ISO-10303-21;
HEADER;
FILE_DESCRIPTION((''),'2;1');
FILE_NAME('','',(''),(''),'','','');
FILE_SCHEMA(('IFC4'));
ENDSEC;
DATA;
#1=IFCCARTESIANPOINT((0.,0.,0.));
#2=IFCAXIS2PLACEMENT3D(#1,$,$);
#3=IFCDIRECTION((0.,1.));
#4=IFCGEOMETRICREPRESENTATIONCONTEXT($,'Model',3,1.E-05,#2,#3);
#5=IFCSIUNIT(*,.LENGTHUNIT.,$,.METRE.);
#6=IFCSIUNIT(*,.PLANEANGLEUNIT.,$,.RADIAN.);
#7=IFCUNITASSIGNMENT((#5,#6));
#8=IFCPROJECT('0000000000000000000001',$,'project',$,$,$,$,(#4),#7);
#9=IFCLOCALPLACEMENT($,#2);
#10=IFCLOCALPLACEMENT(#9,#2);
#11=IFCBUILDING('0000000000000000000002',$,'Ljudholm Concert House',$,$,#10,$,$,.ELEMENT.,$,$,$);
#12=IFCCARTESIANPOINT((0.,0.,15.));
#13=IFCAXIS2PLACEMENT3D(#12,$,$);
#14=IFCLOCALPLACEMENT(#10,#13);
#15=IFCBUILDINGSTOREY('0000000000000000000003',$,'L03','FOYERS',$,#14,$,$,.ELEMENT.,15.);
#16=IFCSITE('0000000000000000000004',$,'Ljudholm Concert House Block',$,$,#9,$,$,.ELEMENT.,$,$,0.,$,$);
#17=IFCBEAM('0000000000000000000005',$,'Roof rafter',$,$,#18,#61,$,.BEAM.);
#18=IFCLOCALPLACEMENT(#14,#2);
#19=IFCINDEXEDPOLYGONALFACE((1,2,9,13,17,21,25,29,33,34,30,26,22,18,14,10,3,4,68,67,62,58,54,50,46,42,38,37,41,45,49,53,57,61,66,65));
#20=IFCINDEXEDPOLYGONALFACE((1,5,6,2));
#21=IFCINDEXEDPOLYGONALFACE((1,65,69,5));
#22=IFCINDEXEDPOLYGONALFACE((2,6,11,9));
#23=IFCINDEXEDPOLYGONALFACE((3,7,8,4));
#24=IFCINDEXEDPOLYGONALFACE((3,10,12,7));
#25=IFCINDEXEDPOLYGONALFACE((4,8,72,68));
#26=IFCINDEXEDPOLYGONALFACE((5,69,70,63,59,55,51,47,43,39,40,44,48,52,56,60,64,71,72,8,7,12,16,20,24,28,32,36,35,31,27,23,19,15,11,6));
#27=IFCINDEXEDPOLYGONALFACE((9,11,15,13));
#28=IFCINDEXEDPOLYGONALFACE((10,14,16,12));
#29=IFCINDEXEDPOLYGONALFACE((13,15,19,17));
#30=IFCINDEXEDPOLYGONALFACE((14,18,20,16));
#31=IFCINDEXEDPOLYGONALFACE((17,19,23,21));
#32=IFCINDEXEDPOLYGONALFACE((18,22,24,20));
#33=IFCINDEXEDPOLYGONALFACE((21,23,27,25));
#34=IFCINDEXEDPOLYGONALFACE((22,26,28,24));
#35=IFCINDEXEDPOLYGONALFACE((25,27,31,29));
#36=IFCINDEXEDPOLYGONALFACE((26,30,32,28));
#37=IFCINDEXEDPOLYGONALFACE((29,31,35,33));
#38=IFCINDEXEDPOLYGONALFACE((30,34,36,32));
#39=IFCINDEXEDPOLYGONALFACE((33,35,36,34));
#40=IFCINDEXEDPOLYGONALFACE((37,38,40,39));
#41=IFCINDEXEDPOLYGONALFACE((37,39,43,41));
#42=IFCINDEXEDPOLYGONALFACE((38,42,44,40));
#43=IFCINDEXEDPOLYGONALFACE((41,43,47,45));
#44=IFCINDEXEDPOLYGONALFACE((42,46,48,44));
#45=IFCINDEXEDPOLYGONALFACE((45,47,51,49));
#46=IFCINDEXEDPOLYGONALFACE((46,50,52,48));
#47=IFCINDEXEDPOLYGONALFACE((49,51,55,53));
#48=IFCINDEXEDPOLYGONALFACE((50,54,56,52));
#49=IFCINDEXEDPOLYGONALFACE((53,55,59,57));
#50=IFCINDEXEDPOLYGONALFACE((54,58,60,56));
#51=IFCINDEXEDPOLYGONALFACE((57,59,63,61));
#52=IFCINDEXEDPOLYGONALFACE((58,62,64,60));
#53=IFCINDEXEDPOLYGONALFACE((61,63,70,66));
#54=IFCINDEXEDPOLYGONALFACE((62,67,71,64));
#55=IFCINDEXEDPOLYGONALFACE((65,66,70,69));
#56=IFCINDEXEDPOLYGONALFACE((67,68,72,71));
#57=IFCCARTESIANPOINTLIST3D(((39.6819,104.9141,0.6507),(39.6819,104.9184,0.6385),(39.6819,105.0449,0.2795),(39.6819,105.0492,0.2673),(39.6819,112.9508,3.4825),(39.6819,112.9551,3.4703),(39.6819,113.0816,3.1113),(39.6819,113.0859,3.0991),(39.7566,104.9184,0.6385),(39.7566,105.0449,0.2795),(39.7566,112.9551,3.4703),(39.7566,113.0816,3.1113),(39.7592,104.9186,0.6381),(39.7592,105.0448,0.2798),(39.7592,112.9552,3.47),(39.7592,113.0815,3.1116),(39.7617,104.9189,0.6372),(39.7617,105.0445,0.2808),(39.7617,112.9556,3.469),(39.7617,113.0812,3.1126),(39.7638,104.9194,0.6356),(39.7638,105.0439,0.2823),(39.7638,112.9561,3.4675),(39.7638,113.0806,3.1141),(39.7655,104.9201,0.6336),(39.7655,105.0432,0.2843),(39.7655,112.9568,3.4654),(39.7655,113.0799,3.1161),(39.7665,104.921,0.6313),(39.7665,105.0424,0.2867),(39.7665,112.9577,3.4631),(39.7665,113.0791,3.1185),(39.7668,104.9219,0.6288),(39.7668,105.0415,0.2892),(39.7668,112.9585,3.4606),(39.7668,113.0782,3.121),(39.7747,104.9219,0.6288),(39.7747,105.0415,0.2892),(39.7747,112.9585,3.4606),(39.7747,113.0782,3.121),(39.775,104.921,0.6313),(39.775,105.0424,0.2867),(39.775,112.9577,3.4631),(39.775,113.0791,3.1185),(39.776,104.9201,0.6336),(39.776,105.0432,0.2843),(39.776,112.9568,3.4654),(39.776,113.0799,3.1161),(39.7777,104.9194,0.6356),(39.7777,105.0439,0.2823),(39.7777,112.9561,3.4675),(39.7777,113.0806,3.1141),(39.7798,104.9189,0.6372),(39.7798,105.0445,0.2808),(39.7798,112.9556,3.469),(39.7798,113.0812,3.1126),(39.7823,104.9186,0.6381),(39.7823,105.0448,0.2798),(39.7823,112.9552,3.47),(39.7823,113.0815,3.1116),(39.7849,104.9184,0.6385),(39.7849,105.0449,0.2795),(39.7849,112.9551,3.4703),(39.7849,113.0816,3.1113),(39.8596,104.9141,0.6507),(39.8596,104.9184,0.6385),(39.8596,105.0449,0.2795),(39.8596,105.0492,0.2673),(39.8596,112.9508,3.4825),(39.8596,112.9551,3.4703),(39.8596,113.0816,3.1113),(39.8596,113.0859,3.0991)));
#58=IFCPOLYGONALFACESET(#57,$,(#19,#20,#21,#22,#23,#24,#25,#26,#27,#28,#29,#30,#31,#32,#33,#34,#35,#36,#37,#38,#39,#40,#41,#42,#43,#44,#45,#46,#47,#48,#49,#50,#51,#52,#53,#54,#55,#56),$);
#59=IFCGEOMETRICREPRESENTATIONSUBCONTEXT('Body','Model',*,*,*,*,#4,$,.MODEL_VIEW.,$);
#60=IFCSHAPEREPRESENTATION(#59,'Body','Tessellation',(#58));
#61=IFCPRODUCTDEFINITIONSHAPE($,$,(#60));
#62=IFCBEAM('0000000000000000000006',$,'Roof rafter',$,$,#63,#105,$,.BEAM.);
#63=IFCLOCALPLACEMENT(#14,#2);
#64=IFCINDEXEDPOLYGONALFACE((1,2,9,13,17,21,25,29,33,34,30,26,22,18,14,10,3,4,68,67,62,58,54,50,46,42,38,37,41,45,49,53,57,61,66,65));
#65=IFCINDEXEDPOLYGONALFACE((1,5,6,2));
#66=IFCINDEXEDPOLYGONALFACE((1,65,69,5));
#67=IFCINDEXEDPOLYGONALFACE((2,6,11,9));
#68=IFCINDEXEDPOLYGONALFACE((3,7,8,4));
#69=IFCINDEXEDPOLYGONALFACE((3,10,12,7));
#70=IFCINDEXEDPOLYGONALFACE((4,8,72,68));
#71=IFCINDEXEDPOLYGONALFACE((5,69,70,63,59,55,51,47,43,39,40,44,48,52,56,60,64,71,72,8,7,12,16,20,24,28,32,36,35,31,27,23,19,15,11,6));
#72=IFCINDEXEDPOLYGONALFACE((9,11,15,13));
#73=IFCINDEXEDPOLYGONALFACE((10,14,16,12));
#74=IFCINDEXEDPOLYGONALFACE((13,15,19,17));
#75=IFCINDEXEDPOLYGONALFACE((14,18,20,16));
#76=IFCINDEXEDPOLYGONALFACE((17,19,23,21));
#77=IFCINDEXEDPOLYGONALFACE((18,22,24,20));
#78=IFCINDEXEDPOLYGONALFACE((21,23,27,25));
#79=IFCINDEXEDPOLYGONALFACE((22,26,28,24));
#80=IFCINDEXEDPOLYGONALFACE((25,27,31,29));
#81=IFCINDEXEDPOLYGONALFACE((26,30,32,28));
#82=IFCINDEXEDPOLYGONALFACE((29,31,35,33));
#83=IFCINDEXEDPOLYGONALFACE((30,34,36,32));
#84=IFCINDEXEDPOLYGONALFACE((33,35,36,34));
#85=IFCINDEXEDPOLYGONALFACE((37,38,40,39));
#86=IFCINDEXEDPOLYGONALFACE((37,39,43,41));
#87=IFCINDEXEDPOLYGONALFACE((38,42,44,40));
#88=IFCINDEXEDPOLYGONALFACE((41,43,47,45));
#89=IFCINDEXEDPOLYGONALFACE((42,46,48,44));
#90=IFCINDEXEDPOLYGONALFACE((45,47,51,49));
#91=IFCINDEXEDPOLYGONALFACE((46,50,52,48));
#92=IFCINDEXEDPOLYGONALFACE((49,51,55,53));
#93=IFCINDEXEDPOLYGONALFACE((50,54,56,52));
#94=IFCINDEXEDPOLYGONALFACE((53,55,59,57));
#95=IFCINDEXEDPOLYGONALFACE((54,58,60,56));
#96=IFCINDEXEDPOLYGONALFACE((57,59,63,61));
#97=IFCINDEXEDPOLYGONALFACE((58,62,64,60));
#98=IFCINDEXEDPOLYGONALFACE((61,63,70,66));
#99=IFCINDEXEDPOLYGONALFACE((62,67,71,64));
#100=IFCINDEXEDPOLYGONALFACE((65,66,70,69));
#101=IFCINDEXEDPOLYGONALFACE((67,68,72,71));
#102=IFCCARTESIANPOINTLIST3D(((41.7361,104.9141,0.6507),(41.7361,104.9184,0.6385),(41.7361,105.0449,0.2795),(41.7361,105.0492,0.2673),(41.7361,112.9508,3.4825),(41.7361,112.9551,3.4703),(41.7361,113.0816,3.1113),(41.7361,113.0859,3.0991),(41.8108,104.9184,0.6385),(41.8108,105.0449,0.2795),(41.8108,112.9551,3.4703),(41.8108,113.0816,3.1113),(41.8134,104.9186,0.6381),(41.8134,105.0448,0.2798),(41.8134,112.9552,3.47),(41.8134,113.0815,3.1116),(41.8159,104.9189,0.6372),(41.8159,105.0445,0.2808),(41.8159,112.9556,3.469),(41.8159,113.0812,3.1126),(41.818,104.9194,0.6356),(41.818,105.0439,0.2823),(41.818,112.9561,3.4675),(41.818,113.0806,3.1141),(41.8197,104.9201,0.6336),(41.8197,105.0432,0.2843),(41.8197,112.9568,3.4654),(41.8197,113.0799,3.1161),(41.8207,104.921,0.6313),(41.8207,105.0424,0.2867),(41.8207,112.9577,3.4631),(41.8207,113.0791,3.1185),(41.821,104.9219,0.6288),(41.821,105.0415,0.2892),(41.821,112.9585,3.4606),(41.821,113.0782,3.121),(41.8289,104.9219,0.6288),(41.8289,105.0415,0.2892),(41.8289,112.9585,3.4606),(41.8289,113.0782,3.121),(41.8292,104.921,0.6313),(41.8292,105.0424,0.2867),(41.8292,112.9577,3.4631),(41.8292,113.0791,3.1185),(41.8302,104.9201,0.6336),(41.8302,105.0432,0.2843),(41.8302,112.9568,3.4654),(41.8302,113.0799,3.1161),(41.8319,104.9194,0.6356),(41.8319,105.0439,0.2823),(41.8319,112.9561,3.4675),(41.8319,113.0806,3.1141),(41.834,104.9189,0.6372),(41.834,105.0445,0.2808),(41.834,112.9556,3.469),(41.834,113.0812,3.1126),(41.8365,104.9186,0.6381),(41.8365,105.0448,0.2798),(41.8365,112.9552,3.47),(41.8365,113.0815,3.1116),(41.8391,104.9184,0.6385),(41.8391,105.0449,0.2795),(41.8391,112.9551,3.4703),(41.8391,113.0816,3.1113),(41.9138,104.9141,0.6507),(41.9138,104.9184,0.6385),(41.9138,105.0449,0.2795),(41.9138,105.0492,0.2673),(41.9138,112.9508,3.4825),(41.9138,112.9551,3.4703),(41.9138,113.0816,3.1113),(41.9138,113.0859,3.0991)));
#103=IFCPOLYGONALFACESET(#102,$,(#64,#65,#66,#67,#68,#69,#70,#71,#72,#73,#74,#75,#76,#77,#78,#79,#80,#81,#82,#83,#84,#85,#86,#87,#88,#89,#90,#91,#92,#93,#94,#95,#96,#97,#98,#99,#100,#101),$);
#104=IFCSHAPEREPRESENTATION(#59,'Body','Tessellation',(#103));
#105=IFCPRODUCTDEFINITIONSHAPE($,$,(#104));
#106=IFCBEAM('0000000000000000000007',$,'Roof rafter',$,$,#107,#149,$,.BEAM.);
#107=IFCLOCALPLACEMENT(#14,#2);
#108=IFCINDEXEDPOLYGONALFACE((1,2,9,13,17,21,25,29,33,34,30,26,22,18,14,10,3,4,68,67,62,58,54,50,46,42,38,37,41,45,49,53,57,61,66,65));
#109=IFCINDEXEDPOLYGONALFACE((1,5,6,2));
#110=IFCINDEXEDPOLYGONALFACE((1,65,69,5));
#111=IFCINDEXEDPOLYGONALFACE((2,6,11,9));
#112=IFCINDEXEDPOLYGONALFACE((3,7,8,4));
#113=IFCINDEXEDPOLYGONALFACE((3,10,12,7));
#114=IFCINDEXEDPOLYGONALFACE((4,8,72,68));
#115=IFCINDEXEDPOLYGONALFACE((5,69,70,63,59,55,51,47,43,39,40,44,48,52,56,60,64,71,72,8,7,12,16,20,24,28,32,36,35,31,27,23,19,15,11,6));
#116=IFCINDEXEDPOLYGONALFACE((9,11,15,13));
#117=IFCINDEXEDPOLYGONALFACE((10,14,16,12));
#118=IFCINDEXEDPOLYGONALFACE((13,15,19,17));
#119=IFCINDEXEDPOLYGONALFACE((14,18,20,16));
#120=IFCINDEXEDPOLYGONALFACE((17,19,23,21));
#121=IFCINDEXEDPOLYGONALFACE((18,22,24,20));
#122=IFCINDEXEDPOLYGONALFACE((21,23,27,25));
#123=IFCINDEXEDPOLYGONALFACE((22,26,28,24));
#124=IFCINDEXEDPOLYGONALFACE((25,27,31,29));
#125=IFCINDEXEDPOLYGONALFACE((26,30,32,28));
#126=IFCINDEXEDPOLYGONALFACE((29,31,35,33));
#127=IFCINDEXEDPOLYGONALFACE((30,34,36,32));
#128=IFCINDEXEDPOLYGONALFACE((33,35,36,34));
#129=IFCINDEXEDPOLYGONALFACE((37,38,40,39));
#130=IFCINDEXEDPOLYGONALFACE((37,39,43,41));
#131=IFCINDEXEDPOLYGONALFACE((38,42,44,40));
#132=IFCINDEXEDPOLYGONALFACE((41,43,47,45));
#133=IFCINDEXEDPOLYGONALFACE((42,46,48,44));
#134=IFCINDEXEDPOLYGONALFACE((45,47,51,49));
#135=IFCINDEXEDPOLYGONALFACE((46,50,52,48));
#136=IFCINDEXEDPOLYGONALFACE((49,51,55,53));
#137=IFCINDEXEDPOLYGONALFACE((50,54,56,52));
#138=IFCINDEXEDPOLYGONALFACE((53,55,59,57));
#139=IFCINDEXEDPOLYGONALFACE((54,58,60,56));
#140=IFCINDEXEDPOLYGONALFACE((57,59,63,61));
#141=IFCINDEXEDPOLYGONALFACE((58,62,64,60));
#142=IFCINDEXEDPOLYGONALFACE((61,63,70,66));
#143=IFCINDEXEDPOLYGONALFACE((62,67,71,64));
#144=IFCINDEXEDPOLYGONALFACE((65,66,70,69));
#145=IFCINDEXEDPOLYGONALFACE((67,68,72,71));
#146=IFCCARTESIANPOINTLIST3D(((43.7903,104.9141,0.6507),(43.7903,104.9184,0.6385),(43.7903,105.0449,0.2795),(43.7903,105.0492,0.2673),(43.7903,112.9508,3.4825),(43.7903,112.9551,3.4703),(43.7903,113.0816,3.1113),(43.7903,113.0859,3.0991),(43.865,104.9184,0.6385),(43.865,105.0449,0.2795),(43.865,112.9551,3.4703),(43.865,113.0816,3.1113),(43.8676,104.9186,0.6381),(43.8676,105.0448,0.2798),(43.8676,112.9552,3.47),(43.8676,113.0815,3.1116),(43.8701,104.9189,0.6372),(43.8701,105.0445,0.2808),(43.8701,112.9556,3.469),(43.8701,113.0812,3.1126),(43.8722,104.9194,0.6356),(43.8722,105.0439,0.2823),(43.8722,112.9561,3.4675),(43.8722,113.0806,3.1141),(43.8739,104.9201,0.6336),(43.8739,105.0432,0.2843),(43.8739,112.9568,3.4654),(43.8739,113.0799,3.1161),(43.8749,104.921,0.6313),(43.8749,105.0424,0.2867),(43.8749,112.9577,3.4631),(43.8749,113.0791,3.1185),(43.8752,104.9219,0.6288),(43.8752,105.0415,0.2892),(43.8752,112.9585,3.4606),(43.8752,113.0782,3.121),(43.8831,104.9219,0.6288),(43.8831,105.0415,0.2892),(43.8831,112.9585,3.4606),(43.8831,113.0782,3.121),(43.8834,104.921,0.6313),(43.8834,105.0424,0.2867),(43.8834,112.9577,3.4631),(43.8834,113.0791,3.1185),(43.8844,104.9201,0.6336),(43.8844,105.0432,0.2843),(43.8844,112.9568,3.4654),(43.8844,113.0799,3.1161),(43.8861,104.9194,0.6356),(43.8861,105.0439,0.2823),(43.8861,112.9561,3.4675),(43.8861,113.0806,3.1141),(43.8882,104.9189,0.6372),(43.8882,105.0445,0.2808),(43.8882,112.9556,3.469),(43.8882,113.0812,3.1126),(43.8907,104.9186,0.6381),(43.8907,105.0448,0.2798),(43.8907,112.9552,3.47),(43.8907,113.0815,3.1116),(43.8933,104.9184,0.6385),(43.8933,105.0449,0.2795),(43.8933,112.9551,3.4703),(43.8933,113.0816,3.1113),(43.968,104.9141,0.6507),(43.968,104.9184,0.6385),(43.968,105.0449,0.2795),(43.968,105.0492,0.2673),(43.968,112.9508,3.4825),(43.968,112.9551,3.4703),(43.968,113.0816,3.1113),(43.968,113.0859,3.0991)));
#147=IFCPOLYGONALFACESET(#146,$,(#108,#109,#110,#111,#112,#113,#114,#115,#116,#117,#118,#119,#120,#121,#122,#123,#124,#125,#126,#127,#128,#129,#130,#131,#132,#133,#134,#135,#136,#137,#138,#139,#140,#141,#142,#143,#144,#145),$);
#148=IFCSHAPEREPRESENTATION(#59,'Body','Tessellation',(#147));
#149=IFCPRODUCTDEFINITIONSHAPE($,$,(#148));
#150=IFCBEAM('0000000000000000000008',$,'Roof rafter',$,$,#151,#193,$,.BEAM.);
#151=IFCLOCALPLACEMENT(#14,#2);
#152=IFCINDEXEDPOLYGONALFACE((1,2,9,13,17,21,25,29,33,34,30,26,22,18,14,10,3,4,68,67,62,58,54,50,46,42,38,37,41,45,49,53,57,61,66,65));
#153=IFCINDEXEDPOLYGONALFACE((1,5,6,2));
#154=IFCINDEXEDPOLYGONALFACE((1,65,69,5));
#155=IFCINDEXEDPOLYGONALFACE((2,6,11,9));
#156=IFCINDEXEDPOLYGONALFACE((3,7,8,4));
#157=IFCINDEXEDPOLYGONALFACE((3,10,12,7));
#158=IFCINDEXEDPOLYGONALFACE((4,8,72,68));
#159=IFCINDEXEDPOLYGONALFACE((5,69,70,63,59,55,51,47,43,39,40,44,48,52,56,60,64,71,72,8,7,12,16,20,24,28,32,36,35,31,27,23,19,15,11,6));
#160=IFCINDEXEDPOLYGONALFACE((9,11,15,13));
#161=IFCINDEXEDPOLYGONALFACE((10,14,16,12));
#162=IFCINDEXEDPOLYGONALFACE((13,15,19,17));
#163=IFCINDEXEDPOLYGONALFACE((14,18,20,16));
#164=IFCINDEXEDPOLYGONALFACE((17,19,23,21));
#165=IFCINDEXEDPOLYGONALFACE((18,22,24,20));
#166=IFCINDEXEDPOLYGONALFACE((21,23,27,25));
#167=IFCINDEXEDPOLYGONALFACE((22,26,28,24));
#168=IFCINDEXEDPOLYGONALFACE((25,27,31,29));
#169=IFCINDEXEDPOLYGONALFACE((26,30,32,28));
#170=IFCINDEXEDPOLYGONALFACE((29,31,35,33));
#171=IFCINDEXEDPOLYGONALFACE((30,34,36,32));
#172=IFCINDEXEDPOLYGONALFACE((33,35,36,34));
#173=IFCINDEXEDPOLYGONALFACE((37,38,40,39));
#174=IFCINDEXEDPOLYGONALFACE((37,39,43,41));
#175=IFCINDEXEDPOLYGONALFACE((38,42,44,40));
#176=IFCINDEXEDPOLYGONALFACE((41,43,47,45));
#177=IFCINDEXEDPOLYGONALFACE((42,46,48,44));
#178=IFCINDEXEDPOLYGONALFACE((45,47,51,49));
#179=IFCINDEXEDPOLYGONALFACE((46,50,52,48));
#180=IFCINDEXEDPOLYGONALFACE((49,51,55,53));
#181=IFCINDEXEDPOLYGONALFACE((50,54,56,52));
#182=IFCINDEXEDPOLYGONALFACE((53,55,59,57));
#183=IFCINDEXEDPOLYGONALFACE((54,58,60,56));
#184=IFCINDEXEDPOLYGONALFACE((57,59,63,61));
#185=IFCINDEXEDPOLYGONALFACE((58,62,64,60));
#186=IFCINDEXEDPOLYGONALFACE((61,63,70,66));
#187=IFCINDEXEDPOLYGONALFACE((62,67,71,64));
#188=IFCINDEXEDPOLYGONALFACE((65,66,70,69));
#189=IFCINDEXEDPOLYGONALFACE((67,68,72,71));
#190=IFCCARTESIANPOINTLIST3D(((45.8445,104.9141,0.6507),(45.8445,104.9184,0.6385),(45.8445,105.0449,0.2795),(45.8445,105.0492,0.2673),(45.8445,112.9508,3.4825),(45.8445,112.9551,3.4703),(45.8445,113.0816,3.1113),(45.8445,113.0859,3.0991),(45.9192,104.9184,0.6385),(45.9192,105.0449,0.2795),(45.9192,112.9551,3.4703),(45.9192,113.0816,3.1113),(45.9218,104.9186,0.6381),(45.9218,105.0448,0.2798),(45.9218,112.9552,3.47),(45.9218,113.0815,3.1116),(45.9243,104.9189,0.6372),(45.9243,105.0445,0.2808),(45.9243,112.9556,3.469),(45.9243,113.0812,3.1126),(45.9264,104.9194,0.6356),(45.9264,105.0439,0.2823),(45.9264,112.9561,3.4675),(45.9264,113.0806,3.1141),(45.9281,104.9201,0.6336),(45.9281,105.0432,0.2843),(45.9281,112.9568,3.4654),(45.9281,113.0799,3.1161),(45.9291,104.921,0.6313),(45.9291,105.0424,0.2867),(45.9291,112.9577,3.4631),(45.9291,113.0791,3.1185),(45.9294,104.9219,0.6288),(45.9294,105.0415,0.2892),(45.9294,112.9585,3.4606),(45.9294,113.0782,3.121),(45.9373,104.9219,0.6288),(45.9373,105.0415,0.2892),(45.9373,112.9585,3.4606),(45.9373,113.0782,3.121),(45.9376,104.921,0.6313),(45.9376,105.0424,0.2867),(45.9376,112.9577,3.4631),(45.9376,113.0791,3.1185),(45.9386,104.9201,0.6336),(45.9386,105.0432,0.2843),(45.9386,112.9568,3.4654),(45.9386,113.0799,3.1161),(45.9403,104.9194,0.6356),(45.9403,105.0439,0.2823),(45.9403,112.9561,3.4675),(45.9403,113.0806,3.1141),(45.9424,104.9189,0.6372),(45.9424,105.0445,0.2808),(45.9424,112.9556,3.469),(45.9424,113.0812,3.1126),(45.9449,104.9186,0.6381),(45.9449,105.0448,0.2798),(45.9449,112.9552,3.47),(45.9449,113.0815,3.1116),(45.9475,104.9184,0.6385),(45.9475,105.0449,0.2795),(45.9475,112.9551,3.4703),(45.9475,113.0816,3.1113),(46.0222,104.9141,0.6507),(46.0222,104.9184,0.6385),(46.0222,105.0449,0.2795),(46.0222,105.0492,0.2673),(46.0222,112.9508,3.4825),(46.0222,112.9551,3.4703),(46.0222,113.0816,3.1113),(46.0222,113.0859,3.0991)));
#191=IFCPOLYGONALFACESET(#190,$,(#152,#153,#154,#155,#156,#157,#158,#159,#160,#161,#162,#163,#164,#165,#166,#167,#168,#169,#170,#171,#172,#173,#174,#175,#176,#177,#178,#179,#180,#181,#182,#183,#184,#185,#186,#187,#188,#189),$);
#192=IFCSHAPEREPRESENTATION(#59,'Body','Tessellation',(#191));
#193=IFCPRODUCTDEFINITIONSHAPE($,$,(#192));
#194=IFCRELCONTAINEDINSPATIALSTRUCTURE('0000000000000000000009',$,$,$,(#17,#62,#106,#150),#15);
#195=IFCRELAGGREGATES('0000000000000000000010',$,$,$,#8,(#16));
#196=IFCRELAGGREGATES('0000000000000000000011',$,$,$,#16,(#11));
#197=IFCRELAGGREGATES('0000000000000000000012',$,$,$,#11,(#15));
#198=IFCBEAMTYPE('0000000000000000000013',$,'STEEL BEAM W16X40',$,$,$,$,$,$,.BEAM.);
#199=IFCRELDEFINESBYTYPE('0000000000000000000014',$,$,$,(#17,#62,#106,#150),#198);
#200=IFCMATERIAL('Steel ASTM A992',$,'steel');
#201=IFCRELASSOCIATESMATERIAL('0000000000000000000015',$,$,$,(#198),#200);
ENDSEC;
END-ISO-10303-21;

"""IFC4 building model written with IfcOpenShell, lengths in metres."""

from ifc_helpers import new_model, si_unit, direction, frame, origin, origin_2d, place, context, subcontext, project, spatial, i_section, extrude, material, material_profile, profile_set, type_object, element, save


model = new_model("IFC4")

# Units and contexts
model_context = context("Model", 3, precision=1e-05, world=origin(), true_north=direction((0.0, 1.0)))
body_context = subcontext(model_context, "Body", "Model", "MODEL_VIEW")
ifc_project = project(units=[si_unit("LENGTHUNIT", "METRE"), si_unit("PLANEANGLEUNIT", "RADIAN")], contexts=[model_context])

# Site, building, storey
site_placement = place(None, origin())
site = spatial("IfcSite", under=ifc_project, at=site_placement, Name="Ljudholm Concert House Block", CompositionType="ELEMENT", RefElevation=0.0)
building_placement = place(site_placement, origin())
building = spatial("IfcBuilding", under=site, at=building_placement, Name="Ljudholm Concert House", CompositionType="ELEMENT")
storey_placement = place(building_placement, frame((0.0, 0.0, 15.0)))
storey = spatial("IfcBuildingStorey", under=building, at=storey_placement, Name="L03", Description="FOYERS", CompositionType="ELEMENT", Elevation=15.0)

# Beams
ifc_material_1 = material(Name="Steel ASTM A992", Category="steel")
ifc_material_profile_1 = material_profile(ifc_material_1, i_section(OverallWidth=0.1777, OverallDepth=0.4065, WebThickness=0.0078, FlangeThickness=0.0129, FilletRadius=0.0103, at=origin_2d()), Name="W16X40")
ifc_profile_set_1 = profile_set([ifc_material_profile_1], Name="Steel ASTM A992")
beam_type_1 = type_object("IfcBeamType", Name="STEEL BEAM W16X40", PredefinedType="BEAM", material=ifc_profile_set_1)
for number, where, z_axis, x_axis, name in (
    (1, (39.7708, 104.9817, 0.459), (0.0, 0.943162, 0.332333), (-1.0, 0.0, 0.0), "Roof rafter"),
    (2, (41.825, 104.9817, 0.459), (0.0, 0.943162, 0.332333), (-1.0, 0.0, 0.0), "Roof rafter"),
    (3, (43.8792, 104.9817, 0.459), (0.0, 0.943162, 0.332333), (-1.0, 0.0, 0.0), "Roof rafter"),
    (4, (45.9333, 104.9817, 0.459), (0.0, 0.943162, 0.332333), (-1.0, 0.0, 0.0), "Roof rafter"),
):
    element("IfcBeam", number, at=place(storey_placement, frame(where, z_axis=z_axis, x_axis=x_axis)), inside=storey, type_object=beam_type_1, Name=name, PredefinedType="BEAM", context=body_context, shape_type="SweptSolid", body=[
        extrude(i_section(OverallWidth=0.1777, OverallDepth=0.4065, WebThickness=0.0078, FlangeThickness=0.0129, FilletRadius=0.0103, at=origin_2d()), origin(), (0.0, 0.0, 1.0), 8.521),
    ])

save(model, "model.ifc")
